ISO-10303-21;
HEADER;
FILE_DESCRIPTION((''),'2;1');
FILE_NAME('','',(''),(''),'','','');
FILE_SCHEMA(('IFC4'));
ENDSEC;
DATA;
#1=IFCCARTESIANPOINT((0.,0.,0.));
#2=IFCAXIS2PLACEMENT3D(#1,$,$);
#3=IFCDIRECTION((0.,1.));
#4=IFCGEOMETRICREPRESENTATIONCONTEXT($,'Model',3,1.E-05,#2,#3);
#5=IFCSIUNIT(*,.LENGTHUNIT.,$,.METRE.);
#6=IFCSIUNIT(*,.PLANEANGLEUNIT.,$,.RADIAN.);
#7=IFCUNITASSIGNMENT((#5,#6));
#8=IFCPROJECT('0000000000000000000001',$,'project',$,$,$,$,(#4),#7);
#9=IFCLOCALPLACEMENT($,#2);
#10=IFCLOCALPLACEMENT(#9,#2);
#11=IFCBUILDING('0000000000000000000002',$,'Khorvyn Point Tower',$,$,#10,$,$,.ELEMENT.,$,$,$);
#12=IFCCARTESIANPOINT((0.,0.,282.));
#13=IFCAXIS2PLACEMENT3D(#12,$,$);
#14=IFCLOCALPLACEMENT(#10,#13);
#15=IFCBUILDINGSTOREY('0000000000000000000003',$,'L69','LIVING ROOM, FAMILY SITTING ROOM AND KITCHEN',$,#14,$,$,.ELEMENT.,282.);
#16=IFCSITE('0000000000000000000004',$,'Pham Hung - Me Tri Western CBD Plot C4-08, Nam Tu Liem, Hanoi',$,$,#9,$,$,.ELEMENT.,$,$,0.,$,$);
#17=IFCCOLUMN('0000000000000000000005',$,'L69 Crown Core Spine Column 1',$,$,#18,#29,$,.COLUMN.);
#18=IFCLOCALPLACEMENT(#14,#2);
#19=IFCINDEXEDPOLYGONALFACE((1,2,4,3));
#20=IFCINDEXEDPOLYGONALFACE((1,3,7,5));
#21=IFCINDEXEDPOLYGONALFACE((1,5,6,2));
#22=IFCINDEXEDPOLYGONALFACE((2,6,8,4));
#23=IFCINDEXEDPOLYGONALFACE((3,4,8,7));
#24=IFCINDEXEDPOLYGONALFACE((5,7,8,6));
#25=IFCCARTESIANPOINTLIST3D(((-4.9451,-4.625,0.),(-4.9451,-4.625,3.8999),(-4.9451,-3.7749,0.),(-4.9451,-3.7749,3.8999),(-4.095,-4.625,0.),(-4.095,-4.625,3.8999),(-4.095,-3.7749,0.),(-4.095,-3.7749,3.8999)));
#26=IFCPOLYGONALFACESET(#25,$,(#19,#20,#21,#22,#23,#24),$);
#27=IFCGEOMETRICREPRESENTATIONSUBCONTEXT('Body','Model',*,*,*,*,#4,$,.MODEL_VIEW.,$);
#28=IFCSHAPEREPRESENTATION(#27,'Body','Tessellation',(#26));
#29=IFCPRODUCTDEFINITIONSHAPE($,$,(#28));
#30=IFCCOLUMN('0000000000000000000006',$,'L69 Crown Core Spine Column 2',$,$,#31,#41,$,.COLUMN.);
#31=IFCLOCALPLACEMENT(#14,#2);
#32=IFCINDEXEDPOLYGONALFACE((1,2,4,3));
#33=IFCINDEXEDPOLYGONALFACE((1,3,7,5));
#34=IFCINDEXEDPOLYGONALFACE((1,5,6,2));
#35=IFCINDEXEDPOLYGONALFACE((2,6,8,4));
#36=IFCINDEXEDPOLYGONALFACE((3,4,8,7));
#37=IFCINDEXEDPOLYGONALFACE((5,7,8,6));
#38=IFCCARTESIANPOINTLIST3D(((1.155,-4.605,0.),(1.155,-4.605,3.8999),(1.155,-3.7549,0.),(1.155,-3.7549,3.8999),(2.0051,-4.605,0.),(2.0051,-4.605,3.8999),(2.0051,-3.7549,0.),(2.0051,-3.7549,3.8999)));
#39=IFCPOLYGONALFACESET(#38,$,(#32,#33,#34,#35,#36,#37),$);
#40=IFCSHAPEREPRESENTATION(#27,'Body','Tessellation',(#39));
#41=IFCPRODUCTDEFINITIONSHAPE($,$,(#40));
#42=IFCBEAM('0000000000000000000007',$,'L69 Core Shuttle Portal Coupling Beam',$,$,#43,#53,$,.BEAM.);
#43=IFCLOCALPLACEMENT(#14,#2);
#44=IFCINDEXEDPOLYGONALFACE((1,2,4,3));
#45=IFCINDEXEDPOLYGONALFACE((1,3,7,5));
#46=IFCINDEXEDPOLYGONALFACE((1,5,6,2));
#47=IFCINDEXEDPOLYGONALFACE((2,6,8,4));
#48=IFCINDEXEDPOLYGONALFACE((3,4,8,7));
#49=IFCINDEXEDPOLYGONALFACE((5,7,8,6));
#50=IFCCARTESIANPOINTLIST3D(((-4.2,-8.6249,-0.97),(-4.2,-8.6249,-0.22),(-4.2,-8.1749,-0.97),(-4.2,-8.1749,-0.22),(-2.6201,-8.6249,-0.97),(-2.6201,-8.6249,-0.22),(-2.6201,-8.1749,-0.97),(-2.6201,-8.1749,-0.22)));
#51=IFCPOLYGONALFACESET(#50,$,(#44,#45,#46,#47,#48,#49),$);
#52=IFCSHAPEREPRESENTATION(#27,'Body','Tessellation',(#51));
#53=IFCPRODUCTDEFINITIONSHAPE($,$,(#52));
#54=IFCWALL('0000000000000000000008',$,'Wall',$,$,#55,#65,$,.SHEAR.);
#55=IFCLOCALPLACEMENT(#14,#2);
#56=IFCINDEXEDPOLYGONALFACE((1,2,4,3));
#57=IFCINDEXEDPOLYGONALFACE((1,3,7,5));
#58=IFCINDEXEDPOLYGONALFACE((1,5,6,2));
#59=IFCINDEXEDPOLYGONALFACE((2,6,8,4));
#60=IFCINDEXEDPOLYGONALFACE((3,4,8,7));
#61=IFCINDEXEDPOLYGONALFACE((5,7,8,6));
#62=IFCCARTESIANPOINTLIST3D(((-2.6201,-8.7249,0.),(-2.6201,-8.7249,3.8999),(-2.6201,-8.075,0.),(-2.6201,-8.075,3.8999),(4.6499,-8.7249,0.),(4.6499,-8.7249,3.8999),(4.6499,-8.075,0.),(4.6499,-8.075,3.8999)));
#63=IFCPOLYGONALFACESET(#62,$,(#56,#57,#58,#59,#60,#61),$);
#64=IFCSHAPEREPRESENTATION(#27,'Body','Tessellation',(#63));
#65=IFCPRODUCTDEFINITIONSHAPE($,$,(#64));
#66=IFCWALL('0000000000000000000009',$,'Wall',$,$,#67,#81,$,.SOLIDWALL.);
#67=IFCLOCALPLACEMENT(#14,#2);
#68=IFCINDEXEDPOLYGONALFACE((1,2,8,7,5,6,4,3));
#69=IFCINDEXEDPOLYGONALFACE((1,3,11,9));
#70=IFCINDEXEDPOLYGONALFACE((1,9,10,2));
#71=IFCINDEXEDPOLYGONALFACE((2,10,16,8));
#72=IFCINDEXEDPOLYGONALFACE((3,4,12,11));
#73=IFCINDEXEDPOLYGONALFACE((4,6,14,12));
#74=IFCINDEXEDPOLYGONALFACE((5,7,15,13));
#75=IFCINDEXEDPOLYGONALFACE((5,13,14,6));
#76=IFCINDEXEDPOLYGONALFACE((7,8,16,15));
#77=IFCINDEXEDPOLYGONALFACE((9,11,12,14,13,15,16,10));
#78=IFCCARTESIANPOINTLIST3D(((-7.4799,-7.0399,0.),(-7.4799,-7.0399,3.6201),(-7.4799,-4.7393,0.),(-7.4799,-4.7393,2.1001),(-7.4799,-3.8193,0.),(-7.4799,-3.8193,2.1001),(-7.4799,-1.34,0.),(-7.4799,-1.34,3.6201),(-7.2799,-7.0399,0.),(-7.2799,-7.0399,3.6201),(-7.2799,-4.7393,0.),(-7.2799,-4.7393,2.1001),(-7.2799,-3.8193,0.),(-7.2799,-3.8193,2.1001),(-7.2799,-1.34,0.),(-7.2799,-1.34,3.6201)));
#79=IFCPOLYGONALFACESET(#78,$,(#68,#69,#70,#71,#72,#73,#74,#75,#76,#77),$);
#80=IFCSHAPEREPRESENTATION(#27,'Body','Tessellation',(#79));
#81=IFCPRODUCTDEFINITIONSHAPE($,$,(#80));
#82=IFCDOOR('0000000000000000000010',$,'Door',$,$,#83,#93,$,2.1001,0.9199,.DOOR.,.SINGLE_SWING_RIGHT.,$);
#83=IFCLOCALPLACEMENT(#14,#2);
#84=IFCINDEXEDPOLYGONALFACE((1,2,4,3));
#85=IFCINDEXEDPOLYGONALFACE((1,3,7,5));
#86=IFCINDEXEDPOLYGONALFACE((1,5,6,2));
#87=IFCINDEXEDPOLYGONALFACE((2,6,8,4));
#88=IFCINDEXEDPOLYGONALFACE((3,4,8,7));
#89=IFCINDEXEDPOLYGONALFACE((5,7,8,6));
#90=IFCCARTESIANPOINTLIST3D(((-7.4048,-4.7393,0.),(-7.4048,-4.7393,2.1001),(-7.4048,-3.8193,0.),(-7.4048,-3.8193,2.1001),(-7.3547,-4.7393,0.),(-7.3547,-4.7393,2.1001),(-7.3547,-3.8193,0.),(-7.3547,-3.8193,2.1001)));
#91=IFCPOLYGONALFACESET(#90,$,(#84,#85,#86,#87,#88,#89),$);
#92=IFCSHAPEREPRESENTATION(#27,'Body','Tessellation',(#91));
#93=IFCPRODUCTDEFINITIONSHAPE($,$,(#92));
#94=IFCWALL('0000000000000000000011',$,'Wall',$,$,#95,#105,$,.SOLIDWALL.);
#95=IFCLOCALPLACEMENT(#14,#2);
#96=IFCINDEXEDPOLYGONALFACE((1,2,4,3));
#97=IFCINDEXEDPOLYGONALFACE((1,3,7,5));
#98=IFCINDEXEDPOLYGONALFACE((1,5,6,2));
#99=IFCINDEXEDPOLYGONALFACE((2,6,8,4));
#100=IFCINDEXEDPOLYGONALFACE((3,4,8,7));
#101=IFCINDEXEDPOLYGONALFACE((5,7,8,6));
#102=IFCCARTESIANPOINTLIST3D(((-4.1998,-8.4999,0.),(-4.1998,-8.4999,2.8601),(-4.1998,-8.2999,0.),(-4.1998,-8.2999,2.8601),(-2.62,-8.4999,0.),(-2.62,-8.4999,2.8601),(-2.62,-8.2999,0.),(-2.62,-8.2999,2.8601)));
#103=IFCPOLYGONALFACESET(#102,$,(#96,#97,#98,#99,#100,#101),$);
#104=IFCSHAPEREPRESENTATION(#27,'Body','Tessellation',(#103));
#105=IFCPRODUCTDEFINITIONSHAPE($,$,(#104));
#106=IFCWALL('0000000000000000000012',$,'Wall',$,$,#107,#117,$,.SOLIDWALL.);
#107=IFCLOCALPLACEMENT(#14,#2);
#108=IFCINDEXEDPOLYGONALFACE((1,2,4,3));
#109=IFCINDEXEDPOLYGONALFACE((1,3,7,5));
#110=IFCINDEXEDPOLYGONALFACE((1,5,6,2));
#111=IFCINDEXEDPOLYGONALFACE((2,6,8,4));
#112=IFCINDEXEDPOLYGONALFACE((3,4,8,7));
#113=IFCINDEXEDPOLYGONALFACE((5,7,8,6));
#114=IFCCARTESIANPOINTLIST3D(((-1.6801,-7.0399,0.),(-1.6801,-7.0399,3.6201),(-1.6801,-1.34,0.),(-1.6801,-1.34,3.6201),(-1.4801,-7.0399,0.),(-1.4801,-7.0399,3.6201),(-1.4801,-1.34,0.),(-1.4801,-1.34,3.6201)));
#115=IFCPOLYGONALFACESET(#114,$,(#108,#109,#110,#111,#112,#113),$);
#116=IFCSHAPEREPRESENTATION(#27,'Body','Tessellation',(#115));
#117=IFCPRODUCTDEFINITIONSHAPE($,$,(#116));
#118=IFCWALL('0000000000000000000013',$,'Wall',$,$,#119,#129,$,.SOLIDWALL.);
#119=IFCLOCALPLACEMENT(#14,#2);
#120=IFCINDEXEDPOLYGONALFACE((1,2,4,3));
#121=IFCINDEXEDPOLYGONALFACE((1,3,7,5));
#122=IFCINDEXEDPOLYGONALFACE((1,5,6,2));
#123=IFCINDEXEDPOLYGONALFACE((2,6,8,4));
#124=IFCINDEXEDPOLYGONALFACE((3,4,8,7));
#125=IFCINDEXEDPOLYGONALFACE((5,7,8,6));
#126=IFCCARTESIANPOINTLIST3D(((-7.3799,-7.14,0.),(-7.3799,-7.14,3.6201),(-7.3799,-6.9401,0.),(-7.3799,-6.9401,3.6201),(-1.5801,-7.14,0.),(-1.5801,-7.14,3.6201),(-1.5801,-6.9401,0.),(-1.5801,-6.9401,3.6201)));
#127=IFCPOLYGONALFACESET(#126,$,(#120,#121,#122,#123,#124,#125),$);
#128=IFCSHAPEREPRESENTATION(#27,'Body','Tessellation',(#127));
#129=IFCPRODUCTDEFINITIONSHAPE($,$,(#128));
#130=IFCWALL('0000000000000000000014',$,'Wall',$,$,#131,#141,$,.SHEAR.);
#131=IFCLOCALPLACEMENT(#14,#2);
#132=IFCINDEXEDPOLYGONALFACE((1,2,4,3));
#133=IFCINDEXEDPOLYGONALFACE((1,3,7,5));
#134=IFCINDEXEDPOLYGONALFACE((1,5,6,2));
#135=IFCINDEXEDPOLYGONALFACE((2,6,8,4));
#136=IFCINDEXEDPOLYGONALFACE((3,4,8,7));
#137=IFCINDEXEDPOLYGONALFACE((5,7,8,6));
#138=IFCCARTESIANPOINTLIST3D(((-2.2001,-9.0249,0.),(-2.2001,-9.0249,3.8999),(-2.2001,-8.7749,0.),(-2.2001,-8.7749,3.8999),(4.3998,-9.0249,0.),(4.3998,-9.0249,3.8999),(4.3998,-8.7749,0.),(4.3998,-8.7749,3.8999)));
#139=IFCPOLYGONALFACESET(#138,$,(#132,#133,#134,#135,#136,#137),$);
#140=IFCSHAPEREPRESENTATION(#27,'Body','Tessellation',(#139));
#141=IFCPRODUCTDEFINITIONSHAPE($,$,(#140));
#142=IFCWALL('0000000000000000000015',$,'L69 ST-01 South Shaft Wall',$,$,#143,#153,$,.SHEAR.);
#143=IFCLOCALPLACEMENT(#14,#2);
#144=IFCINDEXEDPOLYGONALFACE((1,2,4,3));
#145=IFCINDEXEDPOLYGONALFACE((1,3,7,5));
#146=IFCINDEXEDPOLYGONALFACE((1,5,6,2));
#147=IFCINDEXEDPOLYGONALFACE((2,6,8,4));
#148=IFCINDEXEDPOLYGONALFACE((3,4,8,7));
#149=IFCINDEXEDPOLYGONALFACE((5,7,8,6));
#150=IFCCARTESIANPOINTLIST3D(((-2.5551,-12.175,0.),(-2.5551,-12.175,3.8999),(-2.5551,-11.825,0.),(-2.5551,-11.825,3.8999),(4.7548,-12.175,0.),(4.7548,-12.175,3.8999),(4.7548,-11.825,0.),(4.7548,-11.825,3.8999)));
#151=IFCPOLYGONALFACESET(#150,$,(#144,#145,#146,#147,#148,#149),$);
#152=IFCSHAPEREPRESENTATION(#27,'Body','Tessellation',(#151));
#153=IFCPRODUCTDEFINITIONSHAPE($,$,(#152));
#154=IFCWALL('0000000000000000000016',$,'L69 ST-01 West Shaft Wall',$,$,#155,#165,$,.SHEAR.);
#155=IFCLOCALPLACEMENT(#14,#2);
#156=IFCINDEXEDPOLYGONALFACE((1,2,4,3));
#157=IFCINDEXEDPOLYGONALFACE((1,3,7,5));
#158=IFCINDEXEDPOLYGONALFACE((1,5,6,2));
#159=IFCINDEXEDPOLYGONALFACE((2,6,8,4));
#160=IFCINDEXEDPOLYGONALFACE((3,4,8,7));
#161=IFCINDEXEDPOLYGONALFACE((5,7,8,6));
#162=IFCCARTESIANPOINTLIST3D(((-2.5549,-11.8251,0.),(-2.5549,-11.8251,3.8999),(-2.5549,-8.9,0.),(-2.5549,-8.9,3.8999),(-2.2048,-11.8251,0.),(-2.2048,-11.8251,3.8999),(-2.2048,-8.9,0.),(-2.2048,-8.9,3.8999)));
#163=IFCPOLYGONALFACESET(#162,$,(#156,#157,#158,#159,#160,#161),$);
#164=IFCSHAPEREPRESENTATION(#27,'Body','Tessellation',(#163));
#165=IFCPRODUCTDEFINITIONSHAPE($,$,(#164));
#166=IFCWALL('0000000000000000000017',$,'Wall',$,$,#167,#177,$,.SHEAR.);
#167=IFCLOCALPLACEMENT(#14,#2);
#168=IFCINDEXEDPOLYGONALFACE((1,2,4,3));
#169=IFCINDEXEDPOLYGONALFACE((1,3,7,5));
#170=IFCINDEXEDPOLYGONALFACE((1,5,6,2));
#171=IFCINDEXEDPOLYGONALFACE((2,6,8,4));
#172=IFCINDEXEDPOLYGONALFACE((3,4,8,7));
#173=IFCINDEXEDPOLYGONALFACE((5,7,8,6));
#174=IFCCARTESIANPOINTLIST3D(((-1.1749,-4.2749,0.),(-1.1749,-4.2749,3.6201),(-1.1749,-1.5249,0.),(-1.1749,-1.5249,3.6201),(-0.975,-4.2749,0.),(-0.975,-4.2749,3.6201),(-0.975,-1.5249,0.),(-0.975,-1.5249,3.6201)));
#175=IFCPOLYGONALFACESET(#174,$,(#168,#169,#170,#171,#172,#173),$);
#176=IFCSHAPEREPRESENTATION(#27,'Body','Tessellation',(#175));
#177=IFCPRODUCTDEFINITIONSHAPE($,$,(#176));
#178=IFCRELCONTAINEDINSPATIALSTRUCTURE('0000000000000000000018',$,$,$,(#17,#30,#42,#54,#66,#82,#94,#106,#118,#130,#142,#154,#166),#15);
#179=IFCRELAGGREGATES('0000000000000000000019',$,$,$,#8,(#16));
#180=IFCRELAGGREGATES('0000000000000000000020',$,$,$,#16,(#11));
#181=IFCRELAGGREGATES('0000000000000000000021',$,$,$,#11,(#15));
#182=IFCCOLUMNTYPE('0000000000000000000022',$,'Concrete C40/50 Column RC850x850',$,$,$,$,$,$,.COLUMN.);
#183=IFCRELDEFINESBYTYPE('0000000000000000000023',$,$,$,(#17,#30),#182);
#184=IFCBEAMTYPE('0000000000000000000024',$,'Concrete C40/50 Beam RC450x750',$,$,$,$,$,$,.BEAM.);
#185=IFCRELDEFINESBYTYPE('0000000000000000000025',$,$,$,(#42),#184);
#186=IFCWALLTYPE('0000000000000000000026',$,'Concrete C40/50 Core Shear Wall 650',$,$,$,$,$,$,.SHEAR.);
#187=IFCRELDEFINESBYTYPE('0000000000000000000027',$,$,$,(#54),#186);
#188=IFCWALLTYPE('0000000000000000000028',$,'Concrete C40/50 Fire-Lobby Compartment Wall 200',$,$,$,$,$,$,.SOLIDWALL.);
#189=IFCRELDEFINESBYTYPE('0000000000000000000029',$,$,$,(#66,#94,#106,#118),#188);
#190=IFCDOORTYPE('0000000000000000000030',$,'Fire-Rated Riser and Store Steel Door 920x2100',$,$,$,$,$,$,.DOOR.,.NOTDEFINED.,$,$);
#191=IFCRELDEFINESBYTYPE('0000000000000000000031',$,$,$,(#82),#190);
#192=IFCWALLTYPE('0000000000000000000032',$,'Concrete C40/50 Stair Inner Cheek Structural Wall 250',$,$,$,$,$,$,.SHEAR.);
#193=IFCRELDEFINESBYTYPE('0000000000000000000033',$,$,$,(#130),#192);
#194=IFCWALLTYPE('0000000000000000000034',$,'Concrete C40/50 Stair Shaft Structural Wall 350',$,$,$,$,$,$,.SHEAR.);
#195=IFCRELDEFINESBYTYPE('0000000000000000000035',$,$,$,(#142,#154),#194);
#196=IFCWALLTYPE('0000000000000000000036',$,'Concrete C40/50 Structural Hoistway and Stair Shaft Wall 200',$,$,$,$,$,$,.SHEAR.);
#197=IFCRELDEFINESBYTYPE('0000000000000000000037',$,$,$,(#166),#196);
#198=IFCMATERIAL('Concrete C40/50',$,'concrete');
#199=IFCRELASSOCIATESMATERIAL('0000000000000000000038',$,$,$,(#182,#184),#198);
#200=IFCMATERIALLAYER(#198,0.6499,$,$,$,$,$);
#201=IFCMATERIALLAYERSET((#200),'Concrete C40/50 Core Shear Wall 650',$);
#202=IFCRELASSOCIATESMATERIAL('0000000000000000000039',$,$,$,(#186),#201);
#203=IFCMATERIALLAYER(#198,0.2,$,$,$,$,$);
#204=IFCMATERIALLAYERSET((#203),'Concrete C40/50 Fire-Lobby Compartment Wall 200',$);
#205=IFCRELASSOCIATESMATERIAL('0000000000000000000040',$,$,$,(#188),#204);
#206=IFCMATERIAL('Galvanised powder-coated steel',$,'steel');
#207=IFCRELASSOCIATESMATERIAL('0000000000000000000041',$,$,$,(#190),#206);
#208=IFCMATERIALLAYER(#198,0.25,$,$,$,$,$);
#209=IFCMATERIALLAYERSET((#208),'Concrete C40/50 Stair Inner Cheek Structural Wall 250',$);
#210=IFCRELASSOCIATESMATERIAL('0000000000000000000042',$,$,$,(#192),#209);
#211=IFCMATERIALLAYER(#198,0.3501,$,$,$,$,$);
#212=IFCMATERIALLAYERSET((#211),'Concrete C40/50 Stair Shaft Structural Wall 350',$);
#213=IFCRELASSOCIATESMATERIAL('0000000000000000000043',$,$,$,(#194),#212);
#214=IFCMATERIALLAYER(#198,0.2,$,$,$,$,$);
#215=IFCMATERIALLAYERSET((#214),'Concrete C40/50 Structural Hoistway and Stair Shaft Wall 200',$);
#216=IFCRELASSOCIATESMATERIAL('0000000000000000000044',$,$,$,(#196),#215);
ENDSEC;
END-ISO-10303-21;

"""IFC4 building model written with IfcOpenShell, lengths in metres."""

from ifc_helpers import new_model, si_unit, direction, frame, frame_2d, origin, origin_2d, place, context, subcontext, project, spatial, rectangle, extrude, material, layer, layer_set, material_profile, profile_set, type_object, element, fill, save


model = new_model("IFC4")

# Units and contexts
model_context = context("Model", 3, precision=1e-05, world=origin(), true_north=direction((0.0, 1.0)))
body_context = subcontext(model_context, "Body", "Model", "MODEL_VIEW")
ifc_project = project(units=[si_unit("LENGTHUNIT", "METRE"), si_unit("PLANEANGLEUNIT", "RADIAN")], contexts=[model_context])

# Site, building, storey
site_placement = place(None, origin())
site = spatial("IfcSite", under=ifc_project, at=site_placement, Name="Pham Hung - Me Tri Western CBD Plot C4-08, Nam Tu Liem, Hanoi", CompositionType="ELEMENT", RefElevation=0.0)
building_placement = place(site_placement, origin())
building = spatial("IfcBuilding", under=site, at=building_placement, Name="Khorvyn Point Tower", CompositionType="ELEMENT")
storey_placement = place(building_placement, frame((0.0, 0.0, 282.0)))
storey = spatial("IfcBuildingStorey", under=building, at=storey_placement, Name="L69", Description="LIVING ROOM, FAMILY SITTING ROOM AND KITCHEN", CompositionType="ELEMENT", Elevation=282.0)

# Columns
ifc_material_1 = material(Name="Concrete C40/50", Category="concrete")
ifc_material_profile_1 = material_profile(ifc_material_1, rectangle(XDim=0.8501, YDim=0.8501, at=origin_2d()))
ifc_profile_set_1 = profile_set([ifc_material_profile_1], Name="Concrete C40/50 RC850x850")
column_type = type_object("IfcColumnType", Name="Concrete C40/50 Column RC850x850", PredefinedType="COLUMN", material=ifc_profile_set_1)
for number, where, z_axis, x_axis, name in (
    (1, (-4.52, -4.2, 0.0), (0.0, 0.0, 1.0), (1.0, 0.0, 0.0), "L69 Crown Core Spine Column 1"),
    (2, (1.5801, -4.1799, 0.0), (0.0, 0.0, 1.0), (1.0, 0.0, 0.0), "L69 Crown Core Spine Column 2"),
):
    element("IfcColumn", number, at=place(storey_placement, frame(where, z_axis=z_axis, x_axis=x_axis)), inside=storey, type_object=column_type, Name=name, PredefinedType="COLUMN", context=body_context, shape_type="SweptSolid", body=[
        extrude(rectangle(XDim=0.8501, YDim=0.8501, at=origin_2d()), origin(), (0.0, 0.0, 1.0), 3.8999),
    ])

# Beam
ifc_material_profile_2 = material_profile(ifc_material_1, rectangle(XDim=0.45, YDim=0.75, at=origin_2d()))
ifc_profile_set_2 = profile_set([ifc_material_profile_2], Name="Concrete C40/50 RC450x750")
beam_type = type_object("IfcBeamType", Name="Concrete C40/50 Beam RC450x750", PredefinedType="BEAM", material=ifc_profile_set_2)
beam_placement = place(storey_placement, frame((-4.2, -8.3999, -0.595), z_axis=(1.0, 0.0, 0.0), x_axis=(0.0, 1.0, 0.0)))
element("IfcBeam", 3, at=beam_placement, inside=storey, type_object=beam_type, Name="L69 Core Shuttle Portal Coupling Beam", PredefinedType="BEAM", context=body_context, shape_type="SweptSolid", body=[
    extrude(rectangle(XDim=0.45, YDim=0.75, at=origin_2d()), origin(), (0.0, 0.0, 1.0), 1.5798),
])

# Wall
ifc_layer_1 = layer(ifc_material_1, 0.6499)
ifc_layer_set_1 = layer_set([ifc_layer_1], Name="Concrete C40/50 Core Shear Wall 650")
wall_type_1 = type_object("IfcWallType", Name="Concrete C40/50 Core Shear Wall 650", PredefinedType="SHEAR", material=ifc_layer_set_1)
wall_1_placement = place(storey_placement, frame((-2.6201, -8.3999, 0.0), z_axis=(0.0, 0.0, 1.0), x_axis=(1.0, 0.0, 0.0)))
element("IfcWall", 4, at=wall_1_placement, inside=storey, type_object=wall_type_1, Name="Wall", PredefinedType="SHEAR", context=body_context, shape_type="SweptSolid", body=[
    extrude(rectangle(XDim=7.27, YDim=0.6499, at=frame_2d((3.635, 0.0))), origin(), (0.0, 0.0, 1.0), 3.8999),
])

# Wall, opening, door
ifc_layer_2 = layer(ifc_material_1, 0.2)
ifc_layer_set_2 = layer_set([ifc_layer_2], Name="Concrete C40/50 Fire-Lobby Compartment Wall 200")
wall_type_2 = type_object("IfcWallType", Name="Concrete C40/50 Fire-Lobby Compartment Wall 200", PredefinedType="SOLIDWALL", material=ifc_layer_set_2)
wall_2_placement = place(storey_placement, frame((-7.3799, -7.04, 0.0), z_axis=(0.0, 0.0, 1.0), x_axis=(0.0, 1.0, 0.0)))
wall_2 = element("IfcWall", 5, at=wall_2_placement, inside=storey, type_object=wall_type_2, Name="Wall", PredefinedType="SOLIDWALL", context=body_context, shape_type="SweptSolid", body=[
    extrude(rectangle(XDim=5.7, YDim=0.2, at=frame_2d((2.8501, 0.0))), origin(), (0.0, 0.0, 1.0), 3.6201),
])
opening_1_placement = place(wall_2_placement, frame((2.3008, 0.0, 0.0)))
opening_1 = element("IfcOpeningElement", 6, at=opening_1_placement, cuts=wall_2, PredefinedType="OPENING", context=body_context, shape_type="SweptSolid", body=[
    extrude(rectangle(XDim=0.9199, YDim=2.1001, at=frame_2d((0.46, 1.05))), frame((0.0, 0.1099, 0.0), z_axis=(0.0, -1.0, 0.0), x_axis=(1.0, 0.0, 0.0)), (0.0, 0.0, 1.0), 0.22),
])
ifc_material_2 = material(Name="Galvanised powder-coated steel", Category="steel")
door_type_1 = type_object("IfcDoorType", Name="Fire-Rated Riser and Store Steel Door 920x2100", OperationType="NOTDEFINED", PredefinedType="DOOR", material=ifc_material_2)
door_1_placement = place(opening_1_placement, origin())
door_1 = element("IfcDoor", 7, at=door_1_placement, inside=storey, type_object=door_type_1, Name="Door", OperationType="SINGLE_SWING_RIGHT", OverallHeight=2.1001, OverallWidth=0.9199, PredefinedType="DOOR", context=body_context, shape_type="SweptSolid", body=[
    extrude(rectangle(XDim=0.9199, YDim=2.1001, at=frame_2d((0.46, 1.05))), frame((0.0, 0.0249, 0.0), z_axis=(0.0, -1.0, 0.0), x_axis=(1.0, 0.0, 0.0)), (0.0, 0.0, 1.0), 0.05),
])
fill(opening_1, door_1)

# Walls
wall_3_placement = place(storey_placement, frame((-4.2, -8.3999, 0.0), z_axis=(0.0, 0.0, 1.0), x_axis=(1.0, 0.0, 0.0)))
element("IfcWall", 8, at=wall_3_placement, inside=storey, type_object=wall_type_2, Name="Wall", PredefinedType="SOLIDWALL", context=body_context, shape_type="SweptSolid", body=[
    extrude(rectangle(XDim=1.5798, YDim=0.2, at=frame_2d((0.79, 0.0))), origin(), (0.0, 0.0, 1.0), 2.8601),
])
wall_4_placement = place(storey_placement, frame((-1.5801, -7.04, 0.0), z_axis=(0.0, 0.0, 1.0), x_axis=(0.0, 1.0, 0.0)))
element("IfcWall", 9, at=wall_4_placement, inside=storey, type_object=wall_type_2, Name="Wall", PredefinedType="SOLIDWALL", context=body_context, shape_type="SweptSolid", body=[
    extrude(rectangle(XDim=5.7, YDim=0.2, at=frame_2d((2.8501, 0.0))), origin(), (0.0, 0.0, 1.0), 3.6201),
])
wall_5_placement = place(storey_placement, frame((-7.3799, -7.04, 0.0), z_axis=(0.0, 0.0, 1.0), x_axis=(1.0, 0.0, 0.0)))
element("IfcWall", 10, at=wall_5_placement, inside=storey, type_object=wall_type_2, Name="Wall", PredefinedType="SOLIDWALL", context=body_context, shape_type="SweptSolid", body=[
    extrude(rectangle(XDim=5.7998, YDim=0.2, at=frame_2d((2.8999, 0.0))), origin(), (0.0, 0.0, 1.0), 3.6201),
])
ifc_layer_3 = layer(ifc_material_1, 0.25)
ifc_layer_set_3 = layer_set([ifc_layer_3], Name="Concrete C40/50 Stair Inner Cheek Structural Wall 250")
wall_type_3 = type_object("IfcWallType", Name="Concrete C40/50 Stair Inner Cheek Structural Wall 250", PredefinedType="SHEAR", material=ifc_layer_set_3)
wall_6_placement = place(storey_placement, frame((-2.2, -8.8999, 0.0), z_axis=(0.0, 0.0, 1.0), x_axis=(1.0, 0.0, 0.0)))
element("IfcWall", 11, at=wall_6_placement, inside=storey, type_object=wall_type_3, Name="Wall", PredefinedType="SHEAR", context=body_context, shape_type="SweptSolid", body=[
    extrude(rectangle(XDim=6.5999, YDim=0.25, at=frame_2d((3.2998, 0.0))), origin(), (0.0, 0.0, 1.0), 3.8999),
])
ifc_layer_4 = layer(ifc_material_1, 0.3501)
ifc_layer_set_4 = layer_set([ifc_layer_4], Name="Concrete C40/50 Stair Shaft Structural Wall 350")
wall_type_4 = type_object("IfcWallType", Name="Concrete C40/50 Stair Shaft Structural Wall 350", PredefinedType="SHEAR", material=ifc_layer_set_4)
wall_7_placement = place(storey_placement, frame((-2.5549, -12.0, 0.0), z_axis=(0.0, 0.0, 1.0), x_axis=(1.0, 0.0, 0.0)))
element("IfcWall", 12, at=wall_7_placement, inside=storey, type_object=wall_type_4, Name="L69 ST-01 South Shaft Wall", PredefinedType="SHEAR", context=body_context, shape_type="SweptSolid", body=[
    extrude(rectangle(XDim=7.3098, YDim=0.3501, at=frame_2d((3.6548, 0.0))), origin(), (0.0, 0.0, 1.0), 3.8999),
])
wall_8_placement = place(storey_placement, frame((-2.3799, -11.825, 0.0), z_axis=(0.0, 0.0, 1.0), x_axis=(0.0, 1.0, 0.0)))
element("IfcWall", 13, at=wall_8_placement, inside=storey, type_object=wall_type_4, Name="L69 ST-01 West Shaft Wall", PredefinedType="SHEAR", context=body_context, shape_type="SweptSolid", body=[
    extrude(rectangle(XDim=2.925, YDim=0.3501, at=frame_2d((1.4624, 0.0))), origin(), (0.0, 0.0, 1.0), 3.8999),
])
ifc_layer_5 = layer(ifc_material_1, 0.2)
ifc_layer_set_5 = layer_set([ifc_layer_5], Name="Concrete C40/50 Structural Hoistway and Stair Shaft Wall 200")
wall_type_5 = type_object("IfcWallType", Name="Concrete C40/50 Structural Hoistway and Stair Shaft Wall 200", PredefinedType="SHEAR", material=ifc_layer_set_5)
wall_9_placement = place(storey_placement, frame((-1.075, -4.2749, 0.0), z_axis=(0.0, 0.0, 1.0), x_axis=(0.0, 1.0, 0.0)))
element("IfcWall", 14, at=wall_9_placement, inside=storey, type_object=wall_type_5, Name="Wall", PredefinedType="SHEAR", context=body_context, shape_type="SweptSolid", body=[
    extrude(rectangle(XDim=2.75, YDim=0.2, at=frame_2d((1.375, 0.0))), origin(), (0.0, 0.0, 1.0), 3.6201),
])

save(model, "model.ifc")
